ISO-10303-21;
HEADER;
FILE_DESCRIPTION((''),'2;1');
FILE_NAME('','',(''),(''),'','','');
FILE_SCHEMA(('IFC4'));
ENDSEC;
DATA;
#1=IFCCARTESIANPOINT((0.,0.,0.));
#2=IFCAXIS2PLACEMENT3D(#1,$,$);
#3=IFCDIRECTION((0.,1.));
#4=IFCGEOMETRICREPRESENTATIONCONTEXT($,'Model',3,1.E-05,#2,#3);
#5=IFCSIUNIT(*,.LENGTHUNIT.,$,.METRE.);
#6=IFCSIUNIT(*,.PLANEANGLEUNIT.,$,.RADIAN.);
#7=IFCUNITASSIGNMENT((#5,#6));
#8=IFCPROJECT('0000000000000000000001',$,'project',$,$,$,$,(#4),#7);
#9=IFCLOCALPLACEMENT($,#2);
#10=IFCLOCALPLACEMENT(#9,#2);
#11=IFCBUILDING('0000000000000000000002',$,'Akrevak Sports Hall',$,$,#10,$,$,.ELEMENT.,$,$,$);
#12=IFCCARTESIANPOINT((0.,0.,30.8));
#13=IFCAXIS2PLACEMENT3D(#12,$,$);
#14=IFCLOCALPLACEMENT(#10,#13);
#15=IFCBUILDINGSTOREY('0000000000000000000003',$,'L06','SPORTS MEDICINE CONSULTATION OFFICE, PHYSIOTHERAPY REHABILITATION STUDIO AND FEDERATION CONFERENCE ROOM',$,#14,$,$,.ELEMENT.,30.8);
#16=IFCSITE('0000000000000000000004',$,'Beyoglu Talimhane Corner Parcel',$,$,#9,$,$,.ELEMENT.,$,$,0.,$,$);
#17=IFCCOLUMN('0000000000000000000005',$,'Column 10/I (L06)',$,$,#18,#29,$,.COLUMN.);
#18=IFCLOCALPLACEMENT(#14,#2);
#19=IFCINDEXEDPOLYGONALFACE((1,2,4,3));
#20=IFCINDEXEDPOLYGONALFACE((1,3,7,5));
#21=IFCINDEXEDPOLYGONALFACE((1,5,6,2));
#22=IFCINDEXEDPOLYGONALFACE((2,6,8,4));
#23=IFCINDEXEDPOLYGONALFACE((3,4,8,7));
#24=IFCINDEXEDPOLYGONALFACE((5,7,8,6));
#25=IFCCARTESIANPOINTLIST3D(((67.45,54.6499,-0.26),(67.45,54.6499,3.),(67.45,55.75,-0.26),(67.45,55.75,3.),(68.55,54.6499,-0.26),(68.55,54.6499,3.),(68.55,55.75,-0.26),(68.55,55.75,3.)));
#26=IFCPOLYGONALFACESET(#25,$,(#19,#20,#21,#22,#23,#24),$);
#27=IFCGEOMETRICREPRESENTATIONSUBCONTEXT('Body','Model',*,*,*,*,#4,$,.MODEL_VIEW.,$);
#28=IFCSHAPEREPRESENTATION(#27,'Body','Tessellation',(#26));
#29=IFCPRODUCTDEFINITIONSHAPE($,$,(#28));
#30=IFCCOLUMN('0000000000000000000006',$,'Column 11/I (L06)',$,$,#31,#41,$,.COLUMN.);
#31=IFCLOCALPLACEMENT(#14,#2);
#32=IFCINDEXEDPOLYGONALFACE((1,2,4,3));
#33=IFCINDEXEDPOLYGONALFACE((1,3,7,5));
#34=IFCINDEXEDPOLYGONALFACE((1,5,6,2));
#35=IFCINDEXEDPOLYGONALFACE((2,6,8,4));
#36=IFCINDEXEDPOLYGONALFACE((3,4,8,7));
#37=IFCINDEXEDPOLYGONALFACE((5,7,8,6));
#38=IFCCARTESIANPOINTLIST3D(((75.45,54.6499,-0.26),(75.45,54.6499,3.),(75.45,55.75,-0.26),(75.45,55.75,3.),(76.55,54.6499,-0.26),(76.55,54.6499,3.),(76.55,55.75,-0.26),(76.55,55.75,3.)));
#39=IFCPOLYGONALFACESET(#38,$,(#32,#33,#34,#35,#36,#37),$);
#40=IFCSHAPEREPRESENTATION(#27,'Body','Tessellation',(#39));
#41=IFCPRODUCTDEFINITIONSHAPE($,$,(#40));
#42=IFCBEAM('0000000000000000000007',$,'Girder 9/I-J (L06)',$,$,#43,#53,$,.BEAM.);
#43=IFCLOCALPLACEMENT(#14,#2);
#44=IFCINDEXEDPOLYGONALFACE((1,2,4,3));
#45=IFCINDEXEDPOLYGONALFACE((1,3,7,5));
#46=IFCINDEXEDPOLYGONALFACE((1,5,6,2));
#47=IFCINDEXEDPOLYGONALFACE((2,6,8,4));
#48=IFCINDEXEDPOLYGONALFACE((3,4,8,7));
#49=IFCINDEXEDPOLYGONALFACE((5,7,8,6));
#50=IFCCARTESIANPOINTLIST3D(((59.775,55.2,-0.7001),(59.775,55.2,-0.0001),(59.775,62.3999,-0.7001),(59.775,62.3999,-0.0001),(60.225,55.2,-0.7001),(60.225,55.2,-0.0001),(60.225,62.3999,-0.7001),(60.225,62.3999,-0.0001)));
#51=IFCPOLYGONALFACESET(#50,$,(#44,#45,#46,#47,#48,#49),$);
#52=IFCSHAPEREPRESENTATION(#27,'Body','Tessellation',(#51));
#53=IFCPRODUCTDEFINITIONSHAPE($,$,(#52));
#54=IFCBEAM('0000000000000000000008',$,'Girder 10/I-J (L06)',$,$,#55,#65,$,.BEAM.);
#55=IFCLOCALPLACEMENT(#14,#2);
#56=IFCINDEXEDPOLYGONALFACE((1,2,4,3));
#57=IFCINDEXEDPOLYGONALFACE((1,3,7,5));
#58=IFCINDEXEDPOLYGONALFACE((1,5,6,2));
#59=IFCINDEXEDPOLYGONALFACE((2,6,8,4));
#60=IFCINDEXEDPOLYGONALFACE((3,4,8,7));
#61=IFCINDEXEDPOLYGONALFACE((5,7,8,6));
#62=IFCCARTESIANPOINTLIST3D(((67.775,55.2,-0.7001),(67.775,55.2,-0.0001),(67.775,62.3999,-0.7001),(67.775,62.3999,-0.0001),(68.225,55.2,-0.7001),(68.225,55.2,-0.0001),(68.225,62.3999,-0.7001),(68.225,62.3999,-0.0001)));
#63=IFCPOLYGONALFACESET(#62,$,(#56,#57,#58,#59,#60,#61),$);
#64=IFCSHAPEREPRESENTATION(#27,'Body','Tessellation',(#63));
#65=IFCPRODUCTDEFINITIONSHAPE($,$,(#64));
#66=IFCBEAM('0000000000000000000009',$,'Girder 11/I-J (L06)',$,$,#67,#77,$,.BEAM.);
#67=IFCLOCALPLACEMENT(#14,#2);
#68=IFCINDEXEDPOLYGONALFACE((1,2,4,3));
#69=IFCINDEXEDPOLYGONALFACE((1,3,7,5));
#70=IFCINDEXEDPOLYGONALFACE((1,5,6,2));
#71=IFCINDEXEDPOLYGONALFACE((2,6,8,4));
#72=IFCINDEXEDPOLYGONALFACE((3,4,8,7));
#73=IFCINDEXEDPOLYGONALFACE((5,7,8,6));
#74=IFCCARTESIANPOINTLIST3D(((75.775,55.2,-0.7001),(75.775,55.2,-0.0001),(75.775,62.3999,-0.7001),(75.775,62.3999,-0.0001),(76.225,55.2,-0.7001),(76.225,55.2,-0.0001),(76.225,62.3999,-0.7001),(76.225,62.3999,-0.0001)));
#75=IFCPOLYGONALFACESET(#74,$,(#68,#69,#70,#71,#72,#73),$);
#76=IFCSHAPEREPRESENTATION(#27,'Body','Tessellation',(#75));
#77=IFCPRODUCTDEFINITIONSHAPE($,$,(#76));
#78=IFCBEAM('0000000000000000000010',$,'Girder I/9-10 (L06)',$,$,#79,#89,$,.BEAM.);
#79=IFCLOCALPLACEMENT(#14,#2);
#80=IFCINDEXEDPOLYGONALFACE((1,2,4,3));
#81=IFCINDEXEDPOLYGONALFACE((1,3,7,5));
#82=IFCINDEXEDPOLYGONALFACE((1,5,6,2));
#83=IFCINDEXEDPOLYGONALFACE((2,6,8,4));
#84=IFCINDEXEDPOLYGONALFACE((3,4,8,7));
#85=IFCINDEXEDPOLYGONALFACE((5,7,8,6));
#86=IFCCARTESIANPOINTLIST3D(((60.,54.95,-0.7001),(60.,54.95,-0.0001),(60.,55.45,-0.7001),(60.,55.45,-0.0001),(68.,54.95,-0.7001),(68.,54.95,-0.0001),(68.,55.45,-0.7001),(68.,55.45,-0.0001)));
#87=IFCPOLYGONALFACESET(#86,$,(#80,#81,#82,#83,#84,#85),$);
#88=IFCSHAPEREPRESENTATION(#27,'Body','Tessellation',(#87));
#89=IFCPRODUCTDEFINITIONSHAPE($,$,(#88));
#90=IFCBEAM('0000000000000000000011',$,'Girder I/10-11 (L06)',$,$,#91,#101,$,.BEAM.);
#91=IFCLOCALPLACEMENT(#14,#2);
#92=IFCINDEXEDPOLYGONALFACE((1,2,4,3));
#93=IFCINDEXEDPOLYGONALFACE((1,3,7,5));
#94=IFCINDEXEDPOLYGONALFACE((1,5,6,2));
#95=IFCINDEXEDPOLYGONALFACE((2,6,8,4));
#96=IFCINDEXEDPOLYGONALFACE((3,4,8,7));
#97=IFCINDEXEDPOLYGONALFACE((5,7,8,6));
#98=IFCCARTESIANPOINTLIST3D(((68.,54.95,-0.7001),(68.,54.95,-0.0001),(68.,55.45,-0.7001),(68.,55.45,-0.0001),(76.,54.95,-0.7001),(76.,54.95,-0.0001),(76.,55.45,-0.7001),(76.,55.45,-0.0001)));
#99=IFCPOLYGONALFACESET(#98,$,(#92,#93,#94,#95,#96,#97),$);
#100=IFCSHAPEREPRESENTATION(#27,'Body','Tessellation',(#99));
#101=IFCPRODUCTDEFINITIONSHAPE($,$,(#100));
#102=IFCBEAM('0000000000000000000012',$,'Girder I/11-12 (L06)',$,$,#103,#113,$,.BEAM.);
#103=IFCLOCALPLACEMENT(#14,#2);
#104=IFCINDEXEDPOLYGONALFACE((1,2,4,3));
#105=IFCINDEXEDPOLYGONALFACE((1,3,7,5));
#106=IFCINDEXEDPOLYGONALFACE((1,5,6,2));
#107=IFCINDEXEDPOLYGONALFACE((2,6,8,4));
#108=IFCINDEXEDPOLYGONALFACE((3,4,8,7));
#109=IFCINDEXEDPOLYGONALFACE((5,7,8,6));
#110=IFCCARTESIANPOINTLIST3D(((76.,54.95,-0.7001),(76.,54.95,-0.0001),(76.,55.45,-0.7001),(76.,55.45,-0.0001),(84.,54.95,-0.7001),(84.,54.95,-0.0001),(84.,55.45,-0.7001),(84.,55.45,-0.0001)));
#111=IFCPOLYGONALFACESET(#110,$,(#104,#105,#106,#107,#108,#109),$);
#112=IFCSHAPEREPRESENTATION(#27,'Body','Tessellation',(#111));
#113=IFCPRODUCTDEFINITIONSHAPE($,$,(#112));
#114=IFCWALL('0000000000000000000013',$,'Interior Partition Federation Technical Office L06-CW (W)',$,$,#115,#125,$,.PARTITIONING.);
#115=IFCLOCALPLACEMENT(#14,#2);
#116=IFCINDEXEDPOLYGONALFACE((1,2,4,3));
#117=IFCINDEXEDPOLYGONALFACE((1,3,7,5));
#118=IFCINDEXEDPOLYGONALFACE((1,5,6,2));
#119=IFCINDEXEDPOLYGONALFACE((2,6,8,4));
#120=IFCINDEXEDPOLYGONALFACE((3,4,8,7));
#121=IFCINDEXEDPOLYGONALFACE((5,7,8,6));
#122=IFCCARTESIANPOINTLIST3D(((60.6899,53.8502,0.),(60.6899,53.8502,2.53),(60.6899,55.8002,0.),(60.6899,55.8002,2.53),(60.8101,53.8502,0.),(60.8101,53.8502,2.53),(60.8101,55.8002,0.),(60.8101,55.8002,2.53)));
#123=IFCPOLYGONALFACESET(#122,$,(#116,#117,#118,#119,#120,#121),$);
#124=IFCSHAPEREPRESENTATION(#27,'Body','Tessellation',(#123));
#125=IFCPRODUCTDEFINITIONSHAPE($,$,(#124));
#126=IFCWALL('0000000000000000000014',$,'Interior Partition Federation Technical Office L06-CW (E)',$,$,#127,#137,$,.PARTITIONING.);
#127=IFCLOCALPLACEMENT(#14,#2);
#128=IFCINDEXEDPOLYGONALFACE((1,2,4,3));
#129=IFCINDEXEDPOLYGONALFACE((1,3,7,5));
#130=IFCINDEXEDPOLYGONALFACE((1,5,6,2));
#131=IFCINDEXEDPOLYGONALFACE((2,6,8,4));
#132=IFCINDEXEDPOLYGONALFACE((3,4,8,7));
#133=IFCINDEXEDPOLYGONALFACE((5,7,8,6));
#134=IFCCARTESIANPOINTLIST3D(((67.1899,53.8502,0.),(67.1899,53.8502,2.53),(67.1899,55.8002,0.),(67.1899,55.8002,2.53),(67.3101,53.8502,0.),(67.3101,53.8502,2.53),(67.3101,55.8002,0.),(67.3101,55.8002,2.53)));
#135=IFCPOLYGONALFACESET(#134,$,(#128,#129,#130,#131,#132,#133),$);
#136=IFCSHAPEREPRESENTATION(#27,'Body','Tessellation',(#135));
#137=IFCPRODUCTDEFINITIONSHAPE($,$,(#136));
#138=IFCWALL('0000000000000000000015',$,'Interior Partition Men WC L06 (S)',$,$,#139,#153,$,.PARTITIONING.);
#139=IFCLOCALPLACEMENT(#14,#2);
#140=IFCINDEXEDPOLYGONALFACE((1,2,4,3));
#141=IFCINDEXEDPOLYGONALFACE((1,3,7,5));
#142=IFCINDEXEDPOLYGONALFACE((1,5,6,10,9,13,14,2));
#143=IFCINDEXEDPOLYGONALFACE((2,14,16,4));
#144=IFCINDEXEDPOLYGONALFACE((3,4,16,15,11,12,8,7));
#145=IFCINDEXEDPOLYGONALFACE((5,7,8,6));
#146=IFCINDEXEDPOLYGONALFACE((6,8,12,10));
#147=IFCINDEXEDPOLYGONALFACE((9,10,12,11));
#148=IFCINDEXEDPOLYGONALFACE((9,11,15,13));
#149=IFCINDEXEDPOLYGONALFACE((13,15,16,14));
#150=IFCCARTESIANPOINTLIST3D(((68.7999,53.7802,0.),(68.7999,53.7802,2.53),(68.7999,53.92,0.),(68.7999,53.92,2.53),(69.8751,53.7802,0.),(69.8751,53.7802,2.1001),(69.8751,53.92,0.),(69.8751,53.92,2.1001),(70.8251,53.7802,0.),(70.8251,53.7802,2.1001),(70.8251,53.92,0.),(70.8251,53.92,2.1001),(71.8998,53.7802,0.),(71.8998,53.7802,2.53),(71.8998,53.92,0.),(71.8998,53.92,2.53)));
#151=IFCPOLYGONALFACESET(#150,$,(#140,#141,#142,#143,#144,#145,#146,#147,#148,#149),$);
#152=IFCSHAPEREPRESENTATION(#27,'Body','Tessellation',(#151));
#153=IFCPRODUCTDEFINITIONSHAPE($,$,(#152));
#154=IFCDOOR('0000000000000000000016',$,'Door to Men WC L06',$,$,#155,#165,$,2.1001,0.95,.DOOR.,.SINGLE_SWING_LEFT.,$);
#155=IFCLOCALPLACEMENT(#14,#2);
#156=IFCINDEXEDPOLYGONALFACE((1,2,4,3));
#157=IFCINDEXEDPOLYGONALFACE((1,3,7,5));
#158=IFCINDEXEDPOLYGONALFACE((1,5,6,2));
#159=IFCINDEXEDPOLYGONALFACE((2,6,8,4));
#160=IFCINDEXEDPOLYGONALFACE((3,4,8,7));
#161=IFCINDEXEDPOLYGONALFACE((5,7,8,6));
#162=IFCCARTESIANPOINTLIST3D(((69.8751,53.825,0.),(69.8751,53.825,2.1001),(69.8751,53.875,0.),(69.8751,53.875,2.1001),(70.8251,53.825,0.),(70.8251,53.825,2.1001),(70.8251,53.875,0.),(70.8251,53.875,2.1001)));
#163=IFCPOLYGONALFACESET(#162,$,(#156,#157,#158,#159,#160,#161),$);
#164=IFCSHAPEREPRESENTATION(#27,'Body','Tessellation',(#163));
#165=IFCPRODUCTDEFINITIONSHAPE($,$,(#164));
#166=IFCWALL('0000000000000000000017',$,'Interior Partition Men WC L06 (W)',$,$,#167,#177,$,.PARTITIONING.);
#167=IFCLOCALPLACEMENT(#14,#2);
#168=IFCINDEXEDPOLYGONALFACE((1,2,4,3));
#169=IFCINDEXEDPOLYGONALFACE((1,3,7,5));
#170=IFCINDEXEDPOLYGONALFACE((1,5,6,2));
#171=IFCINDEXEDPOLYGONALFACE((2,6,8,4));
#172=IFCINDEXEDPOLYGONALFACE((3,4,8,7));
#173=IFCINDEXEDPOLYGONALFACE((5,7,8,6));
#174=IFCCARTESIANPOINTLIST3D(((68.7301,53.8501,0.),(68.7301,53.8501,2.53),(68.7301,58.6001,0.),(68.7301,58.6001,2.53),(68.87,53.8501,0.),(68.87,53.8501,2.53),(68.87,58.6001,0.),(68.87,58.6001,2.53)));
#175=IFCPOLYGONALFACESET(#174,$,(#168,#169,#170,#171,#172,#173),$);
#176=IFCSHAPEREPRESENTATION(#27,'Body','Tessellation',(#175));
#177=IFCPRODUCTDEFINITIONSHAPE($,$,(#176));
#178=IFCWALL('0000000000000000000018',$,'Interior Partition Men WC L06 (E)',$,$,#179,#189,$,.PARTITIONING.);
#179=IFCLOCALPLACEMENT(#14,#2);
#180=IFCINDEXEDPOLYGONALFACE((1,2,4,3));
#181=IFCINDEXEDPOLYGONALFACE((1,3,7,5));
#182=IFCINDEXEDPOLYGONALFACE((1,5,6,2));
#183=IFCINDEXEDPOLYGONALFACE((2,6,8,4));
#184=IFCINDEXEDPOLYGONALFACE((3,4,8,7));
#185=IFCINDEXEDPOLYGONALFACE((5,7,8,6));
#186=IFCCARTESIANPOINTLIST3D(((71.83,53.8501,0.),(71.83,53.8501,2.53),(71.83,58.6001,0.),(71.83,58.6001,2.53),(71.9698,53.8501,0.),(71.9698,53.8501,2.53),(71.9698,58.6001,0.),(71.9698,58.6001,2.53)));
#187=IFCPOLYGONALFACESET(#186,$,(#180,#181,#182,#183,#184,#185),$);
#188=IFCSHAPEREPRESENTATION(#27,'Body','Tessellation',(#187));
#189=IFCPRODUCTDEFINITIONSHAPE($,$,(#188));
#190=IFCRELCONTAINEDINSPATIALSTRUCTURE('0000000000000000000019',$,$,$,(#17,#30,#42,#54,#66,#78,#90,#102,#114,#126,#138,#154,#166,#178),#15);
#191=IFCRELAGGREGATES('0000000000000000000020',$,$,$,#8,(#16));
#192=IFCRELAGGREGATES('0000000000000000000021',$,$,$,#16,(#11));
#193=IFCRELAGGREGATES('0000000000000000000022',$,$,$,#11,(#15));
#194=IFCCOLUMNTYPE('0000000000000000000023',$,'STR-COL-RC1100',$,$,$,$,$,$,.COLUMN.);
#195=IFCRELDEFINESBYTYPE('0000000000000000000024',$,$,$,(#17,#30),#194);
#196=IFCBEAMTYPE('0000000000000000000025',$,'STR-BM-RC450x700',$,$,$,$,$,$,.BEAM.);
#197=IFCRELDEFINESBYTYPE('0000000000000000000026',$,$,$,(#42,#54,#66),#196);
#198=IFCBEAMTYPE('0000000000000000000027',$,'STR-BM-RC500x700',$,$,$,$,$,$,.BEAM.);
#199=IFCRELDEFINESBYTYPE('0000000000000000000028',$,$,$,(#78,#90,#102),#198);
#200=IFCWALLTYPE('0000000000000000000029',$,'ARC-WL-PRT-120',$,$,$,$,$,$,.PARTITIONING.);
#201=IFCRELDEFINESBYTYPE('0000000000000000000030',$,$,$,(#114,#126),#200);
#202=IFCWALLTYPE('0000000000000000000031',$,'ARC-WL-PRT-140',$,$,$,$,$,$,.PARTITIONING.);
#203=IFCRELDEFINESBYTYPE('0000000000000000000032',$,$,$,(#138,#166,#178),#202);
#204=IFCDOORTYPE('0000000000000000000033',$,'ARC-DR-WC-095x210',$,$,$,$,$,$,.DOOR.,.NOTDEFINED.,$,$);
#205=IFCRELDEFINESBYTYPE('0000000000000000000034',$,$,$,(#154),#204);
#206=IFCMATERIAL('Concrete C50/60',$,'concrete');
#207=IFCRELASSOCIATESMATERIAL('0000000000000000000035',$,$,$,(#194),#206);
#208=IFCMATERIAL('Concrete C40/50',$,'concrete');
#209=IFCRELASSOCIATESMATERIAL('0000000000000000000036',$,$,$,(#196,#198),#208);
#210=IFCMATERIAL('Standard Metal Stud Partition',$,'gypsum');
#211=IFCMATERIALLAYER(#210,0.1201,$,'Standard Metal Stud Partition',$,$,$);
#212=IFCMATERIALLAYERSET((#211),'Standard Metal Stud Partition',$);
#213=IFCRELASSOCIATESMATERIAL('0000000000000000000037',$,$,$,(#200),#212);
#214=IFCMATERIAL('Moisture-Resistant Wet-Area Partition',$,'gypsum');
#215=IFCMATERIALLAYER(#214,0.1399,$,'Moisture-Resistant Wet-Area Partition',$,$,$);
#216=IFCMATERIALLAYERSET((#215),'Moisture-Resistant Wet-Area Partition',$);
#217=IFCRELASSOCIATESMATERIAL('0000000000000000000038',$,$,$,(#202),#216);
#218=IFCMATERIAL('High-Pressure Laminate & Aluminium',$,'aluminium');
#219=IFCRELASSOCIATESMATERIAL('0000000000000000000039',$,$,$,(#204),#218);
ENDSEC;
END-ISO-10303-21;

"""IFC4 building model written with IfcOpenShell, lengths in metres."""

from ifc_helpers import new_model, si_unit, direction, frame, frame_2d, origin, origin_2d, place, context, subcontext, project, spatial, rectangle, extrude, material, layer, layer_set, material_profile, profile_set, type_object, element, fill, save


model = new_model("IFC4")

# Units and contexts
model_context = context("Model", 3, precision=1e-05, world=origin(), true_north=direction((0.0, 1.0)))
body_context = subcontext(model_context, "Body", "Model", "MODEL_VIEW")
ifc_project = project(units=[si_unit("LENGTHUNIT", "METRE"), si_unit("PLANEANGLEUNIT", "RADIAN")], contexts=[model_context])

# Site, building, storey
site_placement = place(None, origin())
site = spatial("IfcSite", under=ifc_project, at=site_placement, Name="Beyoglu Talimhane Corner Parcel", CompositionType="ELEMENT", RefElevation=0.0)
building_placement = place(site_placement, origin())
building = spatial("IfcBuilding", under=site, at=building_placement, Name="Akrevak Sports Hall", CompositionType="ELEMENT")
storey_placement = place(building_placement, frame((0.0, 0.0, 30.8)))
storey = spatial("IfcBuildingStorey", under=building, at=storey_placement, Name="L06", Description="SPORTS MEDICINE CONSULTATION OFFICE, PHYSIOTHERAPY REHABILITATION STUDIO AND FEDERATION CONFERENCE ROOM", CompositionType="ELEMENT", Elevation=30.8)

# Columns
ifc_material_1 = material(Name="Concrete C50/60", Category="concrete")
ifc_material_profile_1 = material_profile(ifc_material_1, rectangle(XDim=1.1001, YDim=1.1001, at=origin_2d()), Name="RC 1100x1100", Category="concrete")
ifc_profile_set_1 = profile_set([ifc_material_profile_1], Name="Concrete C50/60")
column_type = type_object("IfcColumnType", Name="STR-COL-RC1100", PredefinedType="COLUMN", material=ifc_profile_set_1)
for number, where, z_axis, x_axis, name in (
    (1, (68.0, 55.2, -0.26), (0.0, 0.0, 1.0), (1.0, 0.0, 0.0), "Column 10/I (L06)"),
    (2, (76.0, 55.2, -0.26), (0.0, 0.0, 1.0), (1.0, 0.0, 0.0), "Column 11/I (L06)"),
):
    element("IfcColumn", number, at=place(storey_placement, frame(where, z_axis=z_axis, x_axis=x_axis)), inside=storey, type_object=column_type, Name=name, PredefinedType="COLUMN", context=body_context, shape_type="SweptSolid", body=[
        extrude(rectangle(XDim=1.1001, YDim=1.1001, at=origin_2d()), origin(), (0.0, 0.0, 1.0), 3.26),
    ])

# Beams
ifc_material_2 = material(Name="Concrete C40/50", Category="concrete")
ifc_material_profile_2 = material_profile(ifc_material_2, rectangle(XDim=0.45, YDim=0.7, at=origin_2d()), Name="BM 450x700", Category="concrete")
ifc_profile_set_2 = profile_set([ifc_material_profile_2], Name="Concrete C40/50")
beam_type_1 = type_object("IfcBeamType", Name="STR-BM-RC450x700", PredefinedType="BEAM", material=ifc_profile_set_2)
for number, where, z_axis, x_axis, name in (
    (3, (60.0, 55.2, -0.3501), (0.0, 1.0, 0.0), (-1.0, 0.0, 0.0), "Girder 9/I-J (L06)"),
    (4, (68.0, 55.2, -0.3501), (0.0, 1.0, 0.0), (-1.0, 0.0, 0.0), "Girder 10/I-J (L06)"),
    (5, (76.0, 55.2, -0.3501), (0.0, 1.0, 0.0), (-1.0, 0.0, 0.0), "Girder 11/I-J (L06)"),
):
    element("IfcBeam", number, at=place(storey_placement, frame(where, z_axis=z_axis, x_axis=x_axis)), inside=storey, type_object=beam_type_1, Name=name, PredefinedType="BEAM", context=body_context, shape_type="SweptSolid", body=[
        extrude(rectangle(XDim=0.45, YDim=0.7, at=origin_2d()), origin(), (0.0, 0.0, 1.0), 7.2),
    ])
ifc_material_profile_3 = material_profile(ifc_material_2, rectangle(XDim=0.5, YDim=0.7, at=origin_2d()), Name="BM 500x700", Category="concrete")
ifc_profile_set_3 = profile_set([ifc_material_profile_3], Name="Concrete C40/50")
beam_type_2 = type_object("IfcBeamType", Name="STR-BM-RC500x700", PredefinedType="BEAM", material=ifc_profile_set_3)
for number, where, z_axis, x_axis, name in (
    (6, (60.0, 55.2, -0.3501), (1.0, 0.0, 0.0), (0.0, 1.0, 0.0), "Girder I/9-10 (L06)"),
    (7, (68.0, 55.2, -0.3501), (1.0, 0.0, 0.0), (0.0, 1.0, 0.0), "Girder I/10-11 (L06)"),
    (8, (76.0, 55.2, -0.3501), (1.0, 0.0, 0.0), (0.0, 1.0, 0.0), "Girder I/11-12 (L06)"),
):
    element("IfcBeam", number, at=place(storey_placement, frame(where, z_axis=z_axis, x_axis=x_axis)), inside=storey, type_object=beam_type_2, Name=name, PredefinedType="BEAM", context=body_context, shape_type="SweptSolid", body=[
        extrude(rectangle(XDim=0.5, YDim=0.7, at=origin_2d()), origin(), (0.0, 0.0, 1.0), 8.0),
    ])

# Walls
ifc_material_3 = material(Name="Standard Metal Stud Partition", Category="gypsum")
ifc_layer_1 = layer(ifc_material_3, 0.1201, Name="Standard Metal Stud Partition")
ifc_layer_set_1 = layer_set([ifc_layer_1], Name="Standard Metal Stud Partition")
wall_type_1 = type_object("IfcWallType", Name="ARC-WL-PRT-120", PredefinedType="PARTITIONING", material=ifc_layer_set_1)
for number, where, z_axis, x_axis, name in (
    (9, (60.75, 53.8501, 0.0), (0.0, 0.0, 1.0), (0.0, 1.0, 0.0), "Interior Partition Federation Technical Office L06-CW (W)"),
    (10, (67.25, 53.8501, 0.0), (0.0, 0.0, 1.0), (0.0, 1.0, 0.0), "Interior Partition Federation Technical Office L06-CW (E)"),
):
    element("IfcWall", number, at=place(storey_placement, frame(where, z_axis=z_axis, x_axis=x_axis)), inside=storey, type_object=wall_type_1, Name=name, PredefinedType="PARTITIONING", context=body_context, shape_type="SweptSolid", body=[
        extrude(rectangle(XDim=1.95, YDim=0.1201, at=frame_2d((0.9751, 0.0))), origin(), (0.0, 0.0, 1.0), 2.53),
    ])

# Wall, opening, door
ifc_material_4 = material(Name="Moisture-Resistant Wet-Area Partition", Category="gypsum")
ifc_layer_2 = layer(ifc_material_4, 0.1399, Name="Moisture-Resistant Wet-Area Partition")
ifc_layer_set_2 = layer_set([ifc_layer_2], Name="Moisture-Resistant Wet-Area Partition")
wall_type_2 = type_object("IfcWallType", Name="ARC-WL-PRT-140", PredefinedType="PARTITIONING", material=ifc_layer_set_2)
wall_1_placement = place(storey_placement, frame((68.8, 53.8501, 0.0), z_axis=(0.0, 0.0, 1.0), x_axis=(1.0, 0.0, 0.0)))
wall_1 = element("IfcWall", 11, at=wall_1_placement, inside=storey, type_object=wall_type_2, Name="Interior Partition Men WC L06 (S)", PredefinedType="PARTITIONING", context=body_context, shape_type="SweptSolid", body=[
    extrude(rectangle(XDim=3.0999, YDim=0.1399, at=frame_2d((1.5498, 0.0))), origin(), (0.0, 0.0, 1.0), 2.53),
])
opening_1_placement = place(wall_1_placement, frame((1.075, 0.0, 0.0)))
opening_1 = element("IfcOpeningElement", 12, at=opening_1_placement, cuts=wall_1, PredefinedType="OPENING", context=body_context, shape_type="SweptSolid", body=[
    extrude(rectangle(XDim=0.95, YDim=2.1001, at=frame_2d((0.4751, 1.05))), frame((0.0, 0.082, 0.0), z_axis=(0.0, -1.0, 0.0), x_axis=(1.0, 0.0, 0.0)), (0.0, 0.0, 1.0), 0.1638),
])
ifc_material_5 = material(Name="High-Pressure Laminate & Aluminium", Category="aluminium")
door_type_1 = type_object("IfcDoorType", Name="ARC-DR-WC-095x210", OperationType="NOTDEFINED", PredefinedType="DOOR", material=ifc_material_5)
door_1_placement = place(opening_1_placement, origin())
door_1 = element("IfcDoor", 13, at=door_1_placement, inside=storey, type_object=door_type_1, Name="Door to Men WC L06", OperationType="SINGLE_SWING_LEFT", OverallHeight=2.1001, OverallWidth=0.95, PredefinedType="DOOR", context=body_context, shape_type="SweptSolid", body=[
    extrude(rectangle(XDim=0.95, YDim=2.1001, at=frame_2d((0.4751, 1.05))), frame((0.0, 0.0249, 0.0), z_axis=(0.0, -1.0, 0.0), x_axis=(1.0, 0.0, 0.0)), (0.0, 0.0, 1.0), 0.05),
])
fill(opening_1, door_1)

# Walls
for number, where, z_axis, x_axis, name in (
    (14, (68.8, 53.8501, 0.0), (0.0, 0.0, 1.0), (0.0, 1.0, 0.0), "Interior Partition Men WC L06 (W)"),
    (15, (71.8999, 53.8501, 0.0), (0.0, 0.0, 1.0), (0.0, 1.0, 0.0), "Interior Partition Men WC L06 (E)"),
):
    element("IfcWall", number, at=place(storey_placement, frame(where, z_axis=z_axis, x_axis=x_axis)), inside=storey, type_object=wall_type_2, Name=name, PredefinedType="PARTITIONING", context=body_context, shape_type="SweptSolid", body=[
        extrude(rectangle(XDim=4.75, YDim=0.1399, at=frame_2d((2.375, 0.0))), origin(), (0.0, 0.0, 1.0), 2.53),
    ])

save(model, "model.ifc")
